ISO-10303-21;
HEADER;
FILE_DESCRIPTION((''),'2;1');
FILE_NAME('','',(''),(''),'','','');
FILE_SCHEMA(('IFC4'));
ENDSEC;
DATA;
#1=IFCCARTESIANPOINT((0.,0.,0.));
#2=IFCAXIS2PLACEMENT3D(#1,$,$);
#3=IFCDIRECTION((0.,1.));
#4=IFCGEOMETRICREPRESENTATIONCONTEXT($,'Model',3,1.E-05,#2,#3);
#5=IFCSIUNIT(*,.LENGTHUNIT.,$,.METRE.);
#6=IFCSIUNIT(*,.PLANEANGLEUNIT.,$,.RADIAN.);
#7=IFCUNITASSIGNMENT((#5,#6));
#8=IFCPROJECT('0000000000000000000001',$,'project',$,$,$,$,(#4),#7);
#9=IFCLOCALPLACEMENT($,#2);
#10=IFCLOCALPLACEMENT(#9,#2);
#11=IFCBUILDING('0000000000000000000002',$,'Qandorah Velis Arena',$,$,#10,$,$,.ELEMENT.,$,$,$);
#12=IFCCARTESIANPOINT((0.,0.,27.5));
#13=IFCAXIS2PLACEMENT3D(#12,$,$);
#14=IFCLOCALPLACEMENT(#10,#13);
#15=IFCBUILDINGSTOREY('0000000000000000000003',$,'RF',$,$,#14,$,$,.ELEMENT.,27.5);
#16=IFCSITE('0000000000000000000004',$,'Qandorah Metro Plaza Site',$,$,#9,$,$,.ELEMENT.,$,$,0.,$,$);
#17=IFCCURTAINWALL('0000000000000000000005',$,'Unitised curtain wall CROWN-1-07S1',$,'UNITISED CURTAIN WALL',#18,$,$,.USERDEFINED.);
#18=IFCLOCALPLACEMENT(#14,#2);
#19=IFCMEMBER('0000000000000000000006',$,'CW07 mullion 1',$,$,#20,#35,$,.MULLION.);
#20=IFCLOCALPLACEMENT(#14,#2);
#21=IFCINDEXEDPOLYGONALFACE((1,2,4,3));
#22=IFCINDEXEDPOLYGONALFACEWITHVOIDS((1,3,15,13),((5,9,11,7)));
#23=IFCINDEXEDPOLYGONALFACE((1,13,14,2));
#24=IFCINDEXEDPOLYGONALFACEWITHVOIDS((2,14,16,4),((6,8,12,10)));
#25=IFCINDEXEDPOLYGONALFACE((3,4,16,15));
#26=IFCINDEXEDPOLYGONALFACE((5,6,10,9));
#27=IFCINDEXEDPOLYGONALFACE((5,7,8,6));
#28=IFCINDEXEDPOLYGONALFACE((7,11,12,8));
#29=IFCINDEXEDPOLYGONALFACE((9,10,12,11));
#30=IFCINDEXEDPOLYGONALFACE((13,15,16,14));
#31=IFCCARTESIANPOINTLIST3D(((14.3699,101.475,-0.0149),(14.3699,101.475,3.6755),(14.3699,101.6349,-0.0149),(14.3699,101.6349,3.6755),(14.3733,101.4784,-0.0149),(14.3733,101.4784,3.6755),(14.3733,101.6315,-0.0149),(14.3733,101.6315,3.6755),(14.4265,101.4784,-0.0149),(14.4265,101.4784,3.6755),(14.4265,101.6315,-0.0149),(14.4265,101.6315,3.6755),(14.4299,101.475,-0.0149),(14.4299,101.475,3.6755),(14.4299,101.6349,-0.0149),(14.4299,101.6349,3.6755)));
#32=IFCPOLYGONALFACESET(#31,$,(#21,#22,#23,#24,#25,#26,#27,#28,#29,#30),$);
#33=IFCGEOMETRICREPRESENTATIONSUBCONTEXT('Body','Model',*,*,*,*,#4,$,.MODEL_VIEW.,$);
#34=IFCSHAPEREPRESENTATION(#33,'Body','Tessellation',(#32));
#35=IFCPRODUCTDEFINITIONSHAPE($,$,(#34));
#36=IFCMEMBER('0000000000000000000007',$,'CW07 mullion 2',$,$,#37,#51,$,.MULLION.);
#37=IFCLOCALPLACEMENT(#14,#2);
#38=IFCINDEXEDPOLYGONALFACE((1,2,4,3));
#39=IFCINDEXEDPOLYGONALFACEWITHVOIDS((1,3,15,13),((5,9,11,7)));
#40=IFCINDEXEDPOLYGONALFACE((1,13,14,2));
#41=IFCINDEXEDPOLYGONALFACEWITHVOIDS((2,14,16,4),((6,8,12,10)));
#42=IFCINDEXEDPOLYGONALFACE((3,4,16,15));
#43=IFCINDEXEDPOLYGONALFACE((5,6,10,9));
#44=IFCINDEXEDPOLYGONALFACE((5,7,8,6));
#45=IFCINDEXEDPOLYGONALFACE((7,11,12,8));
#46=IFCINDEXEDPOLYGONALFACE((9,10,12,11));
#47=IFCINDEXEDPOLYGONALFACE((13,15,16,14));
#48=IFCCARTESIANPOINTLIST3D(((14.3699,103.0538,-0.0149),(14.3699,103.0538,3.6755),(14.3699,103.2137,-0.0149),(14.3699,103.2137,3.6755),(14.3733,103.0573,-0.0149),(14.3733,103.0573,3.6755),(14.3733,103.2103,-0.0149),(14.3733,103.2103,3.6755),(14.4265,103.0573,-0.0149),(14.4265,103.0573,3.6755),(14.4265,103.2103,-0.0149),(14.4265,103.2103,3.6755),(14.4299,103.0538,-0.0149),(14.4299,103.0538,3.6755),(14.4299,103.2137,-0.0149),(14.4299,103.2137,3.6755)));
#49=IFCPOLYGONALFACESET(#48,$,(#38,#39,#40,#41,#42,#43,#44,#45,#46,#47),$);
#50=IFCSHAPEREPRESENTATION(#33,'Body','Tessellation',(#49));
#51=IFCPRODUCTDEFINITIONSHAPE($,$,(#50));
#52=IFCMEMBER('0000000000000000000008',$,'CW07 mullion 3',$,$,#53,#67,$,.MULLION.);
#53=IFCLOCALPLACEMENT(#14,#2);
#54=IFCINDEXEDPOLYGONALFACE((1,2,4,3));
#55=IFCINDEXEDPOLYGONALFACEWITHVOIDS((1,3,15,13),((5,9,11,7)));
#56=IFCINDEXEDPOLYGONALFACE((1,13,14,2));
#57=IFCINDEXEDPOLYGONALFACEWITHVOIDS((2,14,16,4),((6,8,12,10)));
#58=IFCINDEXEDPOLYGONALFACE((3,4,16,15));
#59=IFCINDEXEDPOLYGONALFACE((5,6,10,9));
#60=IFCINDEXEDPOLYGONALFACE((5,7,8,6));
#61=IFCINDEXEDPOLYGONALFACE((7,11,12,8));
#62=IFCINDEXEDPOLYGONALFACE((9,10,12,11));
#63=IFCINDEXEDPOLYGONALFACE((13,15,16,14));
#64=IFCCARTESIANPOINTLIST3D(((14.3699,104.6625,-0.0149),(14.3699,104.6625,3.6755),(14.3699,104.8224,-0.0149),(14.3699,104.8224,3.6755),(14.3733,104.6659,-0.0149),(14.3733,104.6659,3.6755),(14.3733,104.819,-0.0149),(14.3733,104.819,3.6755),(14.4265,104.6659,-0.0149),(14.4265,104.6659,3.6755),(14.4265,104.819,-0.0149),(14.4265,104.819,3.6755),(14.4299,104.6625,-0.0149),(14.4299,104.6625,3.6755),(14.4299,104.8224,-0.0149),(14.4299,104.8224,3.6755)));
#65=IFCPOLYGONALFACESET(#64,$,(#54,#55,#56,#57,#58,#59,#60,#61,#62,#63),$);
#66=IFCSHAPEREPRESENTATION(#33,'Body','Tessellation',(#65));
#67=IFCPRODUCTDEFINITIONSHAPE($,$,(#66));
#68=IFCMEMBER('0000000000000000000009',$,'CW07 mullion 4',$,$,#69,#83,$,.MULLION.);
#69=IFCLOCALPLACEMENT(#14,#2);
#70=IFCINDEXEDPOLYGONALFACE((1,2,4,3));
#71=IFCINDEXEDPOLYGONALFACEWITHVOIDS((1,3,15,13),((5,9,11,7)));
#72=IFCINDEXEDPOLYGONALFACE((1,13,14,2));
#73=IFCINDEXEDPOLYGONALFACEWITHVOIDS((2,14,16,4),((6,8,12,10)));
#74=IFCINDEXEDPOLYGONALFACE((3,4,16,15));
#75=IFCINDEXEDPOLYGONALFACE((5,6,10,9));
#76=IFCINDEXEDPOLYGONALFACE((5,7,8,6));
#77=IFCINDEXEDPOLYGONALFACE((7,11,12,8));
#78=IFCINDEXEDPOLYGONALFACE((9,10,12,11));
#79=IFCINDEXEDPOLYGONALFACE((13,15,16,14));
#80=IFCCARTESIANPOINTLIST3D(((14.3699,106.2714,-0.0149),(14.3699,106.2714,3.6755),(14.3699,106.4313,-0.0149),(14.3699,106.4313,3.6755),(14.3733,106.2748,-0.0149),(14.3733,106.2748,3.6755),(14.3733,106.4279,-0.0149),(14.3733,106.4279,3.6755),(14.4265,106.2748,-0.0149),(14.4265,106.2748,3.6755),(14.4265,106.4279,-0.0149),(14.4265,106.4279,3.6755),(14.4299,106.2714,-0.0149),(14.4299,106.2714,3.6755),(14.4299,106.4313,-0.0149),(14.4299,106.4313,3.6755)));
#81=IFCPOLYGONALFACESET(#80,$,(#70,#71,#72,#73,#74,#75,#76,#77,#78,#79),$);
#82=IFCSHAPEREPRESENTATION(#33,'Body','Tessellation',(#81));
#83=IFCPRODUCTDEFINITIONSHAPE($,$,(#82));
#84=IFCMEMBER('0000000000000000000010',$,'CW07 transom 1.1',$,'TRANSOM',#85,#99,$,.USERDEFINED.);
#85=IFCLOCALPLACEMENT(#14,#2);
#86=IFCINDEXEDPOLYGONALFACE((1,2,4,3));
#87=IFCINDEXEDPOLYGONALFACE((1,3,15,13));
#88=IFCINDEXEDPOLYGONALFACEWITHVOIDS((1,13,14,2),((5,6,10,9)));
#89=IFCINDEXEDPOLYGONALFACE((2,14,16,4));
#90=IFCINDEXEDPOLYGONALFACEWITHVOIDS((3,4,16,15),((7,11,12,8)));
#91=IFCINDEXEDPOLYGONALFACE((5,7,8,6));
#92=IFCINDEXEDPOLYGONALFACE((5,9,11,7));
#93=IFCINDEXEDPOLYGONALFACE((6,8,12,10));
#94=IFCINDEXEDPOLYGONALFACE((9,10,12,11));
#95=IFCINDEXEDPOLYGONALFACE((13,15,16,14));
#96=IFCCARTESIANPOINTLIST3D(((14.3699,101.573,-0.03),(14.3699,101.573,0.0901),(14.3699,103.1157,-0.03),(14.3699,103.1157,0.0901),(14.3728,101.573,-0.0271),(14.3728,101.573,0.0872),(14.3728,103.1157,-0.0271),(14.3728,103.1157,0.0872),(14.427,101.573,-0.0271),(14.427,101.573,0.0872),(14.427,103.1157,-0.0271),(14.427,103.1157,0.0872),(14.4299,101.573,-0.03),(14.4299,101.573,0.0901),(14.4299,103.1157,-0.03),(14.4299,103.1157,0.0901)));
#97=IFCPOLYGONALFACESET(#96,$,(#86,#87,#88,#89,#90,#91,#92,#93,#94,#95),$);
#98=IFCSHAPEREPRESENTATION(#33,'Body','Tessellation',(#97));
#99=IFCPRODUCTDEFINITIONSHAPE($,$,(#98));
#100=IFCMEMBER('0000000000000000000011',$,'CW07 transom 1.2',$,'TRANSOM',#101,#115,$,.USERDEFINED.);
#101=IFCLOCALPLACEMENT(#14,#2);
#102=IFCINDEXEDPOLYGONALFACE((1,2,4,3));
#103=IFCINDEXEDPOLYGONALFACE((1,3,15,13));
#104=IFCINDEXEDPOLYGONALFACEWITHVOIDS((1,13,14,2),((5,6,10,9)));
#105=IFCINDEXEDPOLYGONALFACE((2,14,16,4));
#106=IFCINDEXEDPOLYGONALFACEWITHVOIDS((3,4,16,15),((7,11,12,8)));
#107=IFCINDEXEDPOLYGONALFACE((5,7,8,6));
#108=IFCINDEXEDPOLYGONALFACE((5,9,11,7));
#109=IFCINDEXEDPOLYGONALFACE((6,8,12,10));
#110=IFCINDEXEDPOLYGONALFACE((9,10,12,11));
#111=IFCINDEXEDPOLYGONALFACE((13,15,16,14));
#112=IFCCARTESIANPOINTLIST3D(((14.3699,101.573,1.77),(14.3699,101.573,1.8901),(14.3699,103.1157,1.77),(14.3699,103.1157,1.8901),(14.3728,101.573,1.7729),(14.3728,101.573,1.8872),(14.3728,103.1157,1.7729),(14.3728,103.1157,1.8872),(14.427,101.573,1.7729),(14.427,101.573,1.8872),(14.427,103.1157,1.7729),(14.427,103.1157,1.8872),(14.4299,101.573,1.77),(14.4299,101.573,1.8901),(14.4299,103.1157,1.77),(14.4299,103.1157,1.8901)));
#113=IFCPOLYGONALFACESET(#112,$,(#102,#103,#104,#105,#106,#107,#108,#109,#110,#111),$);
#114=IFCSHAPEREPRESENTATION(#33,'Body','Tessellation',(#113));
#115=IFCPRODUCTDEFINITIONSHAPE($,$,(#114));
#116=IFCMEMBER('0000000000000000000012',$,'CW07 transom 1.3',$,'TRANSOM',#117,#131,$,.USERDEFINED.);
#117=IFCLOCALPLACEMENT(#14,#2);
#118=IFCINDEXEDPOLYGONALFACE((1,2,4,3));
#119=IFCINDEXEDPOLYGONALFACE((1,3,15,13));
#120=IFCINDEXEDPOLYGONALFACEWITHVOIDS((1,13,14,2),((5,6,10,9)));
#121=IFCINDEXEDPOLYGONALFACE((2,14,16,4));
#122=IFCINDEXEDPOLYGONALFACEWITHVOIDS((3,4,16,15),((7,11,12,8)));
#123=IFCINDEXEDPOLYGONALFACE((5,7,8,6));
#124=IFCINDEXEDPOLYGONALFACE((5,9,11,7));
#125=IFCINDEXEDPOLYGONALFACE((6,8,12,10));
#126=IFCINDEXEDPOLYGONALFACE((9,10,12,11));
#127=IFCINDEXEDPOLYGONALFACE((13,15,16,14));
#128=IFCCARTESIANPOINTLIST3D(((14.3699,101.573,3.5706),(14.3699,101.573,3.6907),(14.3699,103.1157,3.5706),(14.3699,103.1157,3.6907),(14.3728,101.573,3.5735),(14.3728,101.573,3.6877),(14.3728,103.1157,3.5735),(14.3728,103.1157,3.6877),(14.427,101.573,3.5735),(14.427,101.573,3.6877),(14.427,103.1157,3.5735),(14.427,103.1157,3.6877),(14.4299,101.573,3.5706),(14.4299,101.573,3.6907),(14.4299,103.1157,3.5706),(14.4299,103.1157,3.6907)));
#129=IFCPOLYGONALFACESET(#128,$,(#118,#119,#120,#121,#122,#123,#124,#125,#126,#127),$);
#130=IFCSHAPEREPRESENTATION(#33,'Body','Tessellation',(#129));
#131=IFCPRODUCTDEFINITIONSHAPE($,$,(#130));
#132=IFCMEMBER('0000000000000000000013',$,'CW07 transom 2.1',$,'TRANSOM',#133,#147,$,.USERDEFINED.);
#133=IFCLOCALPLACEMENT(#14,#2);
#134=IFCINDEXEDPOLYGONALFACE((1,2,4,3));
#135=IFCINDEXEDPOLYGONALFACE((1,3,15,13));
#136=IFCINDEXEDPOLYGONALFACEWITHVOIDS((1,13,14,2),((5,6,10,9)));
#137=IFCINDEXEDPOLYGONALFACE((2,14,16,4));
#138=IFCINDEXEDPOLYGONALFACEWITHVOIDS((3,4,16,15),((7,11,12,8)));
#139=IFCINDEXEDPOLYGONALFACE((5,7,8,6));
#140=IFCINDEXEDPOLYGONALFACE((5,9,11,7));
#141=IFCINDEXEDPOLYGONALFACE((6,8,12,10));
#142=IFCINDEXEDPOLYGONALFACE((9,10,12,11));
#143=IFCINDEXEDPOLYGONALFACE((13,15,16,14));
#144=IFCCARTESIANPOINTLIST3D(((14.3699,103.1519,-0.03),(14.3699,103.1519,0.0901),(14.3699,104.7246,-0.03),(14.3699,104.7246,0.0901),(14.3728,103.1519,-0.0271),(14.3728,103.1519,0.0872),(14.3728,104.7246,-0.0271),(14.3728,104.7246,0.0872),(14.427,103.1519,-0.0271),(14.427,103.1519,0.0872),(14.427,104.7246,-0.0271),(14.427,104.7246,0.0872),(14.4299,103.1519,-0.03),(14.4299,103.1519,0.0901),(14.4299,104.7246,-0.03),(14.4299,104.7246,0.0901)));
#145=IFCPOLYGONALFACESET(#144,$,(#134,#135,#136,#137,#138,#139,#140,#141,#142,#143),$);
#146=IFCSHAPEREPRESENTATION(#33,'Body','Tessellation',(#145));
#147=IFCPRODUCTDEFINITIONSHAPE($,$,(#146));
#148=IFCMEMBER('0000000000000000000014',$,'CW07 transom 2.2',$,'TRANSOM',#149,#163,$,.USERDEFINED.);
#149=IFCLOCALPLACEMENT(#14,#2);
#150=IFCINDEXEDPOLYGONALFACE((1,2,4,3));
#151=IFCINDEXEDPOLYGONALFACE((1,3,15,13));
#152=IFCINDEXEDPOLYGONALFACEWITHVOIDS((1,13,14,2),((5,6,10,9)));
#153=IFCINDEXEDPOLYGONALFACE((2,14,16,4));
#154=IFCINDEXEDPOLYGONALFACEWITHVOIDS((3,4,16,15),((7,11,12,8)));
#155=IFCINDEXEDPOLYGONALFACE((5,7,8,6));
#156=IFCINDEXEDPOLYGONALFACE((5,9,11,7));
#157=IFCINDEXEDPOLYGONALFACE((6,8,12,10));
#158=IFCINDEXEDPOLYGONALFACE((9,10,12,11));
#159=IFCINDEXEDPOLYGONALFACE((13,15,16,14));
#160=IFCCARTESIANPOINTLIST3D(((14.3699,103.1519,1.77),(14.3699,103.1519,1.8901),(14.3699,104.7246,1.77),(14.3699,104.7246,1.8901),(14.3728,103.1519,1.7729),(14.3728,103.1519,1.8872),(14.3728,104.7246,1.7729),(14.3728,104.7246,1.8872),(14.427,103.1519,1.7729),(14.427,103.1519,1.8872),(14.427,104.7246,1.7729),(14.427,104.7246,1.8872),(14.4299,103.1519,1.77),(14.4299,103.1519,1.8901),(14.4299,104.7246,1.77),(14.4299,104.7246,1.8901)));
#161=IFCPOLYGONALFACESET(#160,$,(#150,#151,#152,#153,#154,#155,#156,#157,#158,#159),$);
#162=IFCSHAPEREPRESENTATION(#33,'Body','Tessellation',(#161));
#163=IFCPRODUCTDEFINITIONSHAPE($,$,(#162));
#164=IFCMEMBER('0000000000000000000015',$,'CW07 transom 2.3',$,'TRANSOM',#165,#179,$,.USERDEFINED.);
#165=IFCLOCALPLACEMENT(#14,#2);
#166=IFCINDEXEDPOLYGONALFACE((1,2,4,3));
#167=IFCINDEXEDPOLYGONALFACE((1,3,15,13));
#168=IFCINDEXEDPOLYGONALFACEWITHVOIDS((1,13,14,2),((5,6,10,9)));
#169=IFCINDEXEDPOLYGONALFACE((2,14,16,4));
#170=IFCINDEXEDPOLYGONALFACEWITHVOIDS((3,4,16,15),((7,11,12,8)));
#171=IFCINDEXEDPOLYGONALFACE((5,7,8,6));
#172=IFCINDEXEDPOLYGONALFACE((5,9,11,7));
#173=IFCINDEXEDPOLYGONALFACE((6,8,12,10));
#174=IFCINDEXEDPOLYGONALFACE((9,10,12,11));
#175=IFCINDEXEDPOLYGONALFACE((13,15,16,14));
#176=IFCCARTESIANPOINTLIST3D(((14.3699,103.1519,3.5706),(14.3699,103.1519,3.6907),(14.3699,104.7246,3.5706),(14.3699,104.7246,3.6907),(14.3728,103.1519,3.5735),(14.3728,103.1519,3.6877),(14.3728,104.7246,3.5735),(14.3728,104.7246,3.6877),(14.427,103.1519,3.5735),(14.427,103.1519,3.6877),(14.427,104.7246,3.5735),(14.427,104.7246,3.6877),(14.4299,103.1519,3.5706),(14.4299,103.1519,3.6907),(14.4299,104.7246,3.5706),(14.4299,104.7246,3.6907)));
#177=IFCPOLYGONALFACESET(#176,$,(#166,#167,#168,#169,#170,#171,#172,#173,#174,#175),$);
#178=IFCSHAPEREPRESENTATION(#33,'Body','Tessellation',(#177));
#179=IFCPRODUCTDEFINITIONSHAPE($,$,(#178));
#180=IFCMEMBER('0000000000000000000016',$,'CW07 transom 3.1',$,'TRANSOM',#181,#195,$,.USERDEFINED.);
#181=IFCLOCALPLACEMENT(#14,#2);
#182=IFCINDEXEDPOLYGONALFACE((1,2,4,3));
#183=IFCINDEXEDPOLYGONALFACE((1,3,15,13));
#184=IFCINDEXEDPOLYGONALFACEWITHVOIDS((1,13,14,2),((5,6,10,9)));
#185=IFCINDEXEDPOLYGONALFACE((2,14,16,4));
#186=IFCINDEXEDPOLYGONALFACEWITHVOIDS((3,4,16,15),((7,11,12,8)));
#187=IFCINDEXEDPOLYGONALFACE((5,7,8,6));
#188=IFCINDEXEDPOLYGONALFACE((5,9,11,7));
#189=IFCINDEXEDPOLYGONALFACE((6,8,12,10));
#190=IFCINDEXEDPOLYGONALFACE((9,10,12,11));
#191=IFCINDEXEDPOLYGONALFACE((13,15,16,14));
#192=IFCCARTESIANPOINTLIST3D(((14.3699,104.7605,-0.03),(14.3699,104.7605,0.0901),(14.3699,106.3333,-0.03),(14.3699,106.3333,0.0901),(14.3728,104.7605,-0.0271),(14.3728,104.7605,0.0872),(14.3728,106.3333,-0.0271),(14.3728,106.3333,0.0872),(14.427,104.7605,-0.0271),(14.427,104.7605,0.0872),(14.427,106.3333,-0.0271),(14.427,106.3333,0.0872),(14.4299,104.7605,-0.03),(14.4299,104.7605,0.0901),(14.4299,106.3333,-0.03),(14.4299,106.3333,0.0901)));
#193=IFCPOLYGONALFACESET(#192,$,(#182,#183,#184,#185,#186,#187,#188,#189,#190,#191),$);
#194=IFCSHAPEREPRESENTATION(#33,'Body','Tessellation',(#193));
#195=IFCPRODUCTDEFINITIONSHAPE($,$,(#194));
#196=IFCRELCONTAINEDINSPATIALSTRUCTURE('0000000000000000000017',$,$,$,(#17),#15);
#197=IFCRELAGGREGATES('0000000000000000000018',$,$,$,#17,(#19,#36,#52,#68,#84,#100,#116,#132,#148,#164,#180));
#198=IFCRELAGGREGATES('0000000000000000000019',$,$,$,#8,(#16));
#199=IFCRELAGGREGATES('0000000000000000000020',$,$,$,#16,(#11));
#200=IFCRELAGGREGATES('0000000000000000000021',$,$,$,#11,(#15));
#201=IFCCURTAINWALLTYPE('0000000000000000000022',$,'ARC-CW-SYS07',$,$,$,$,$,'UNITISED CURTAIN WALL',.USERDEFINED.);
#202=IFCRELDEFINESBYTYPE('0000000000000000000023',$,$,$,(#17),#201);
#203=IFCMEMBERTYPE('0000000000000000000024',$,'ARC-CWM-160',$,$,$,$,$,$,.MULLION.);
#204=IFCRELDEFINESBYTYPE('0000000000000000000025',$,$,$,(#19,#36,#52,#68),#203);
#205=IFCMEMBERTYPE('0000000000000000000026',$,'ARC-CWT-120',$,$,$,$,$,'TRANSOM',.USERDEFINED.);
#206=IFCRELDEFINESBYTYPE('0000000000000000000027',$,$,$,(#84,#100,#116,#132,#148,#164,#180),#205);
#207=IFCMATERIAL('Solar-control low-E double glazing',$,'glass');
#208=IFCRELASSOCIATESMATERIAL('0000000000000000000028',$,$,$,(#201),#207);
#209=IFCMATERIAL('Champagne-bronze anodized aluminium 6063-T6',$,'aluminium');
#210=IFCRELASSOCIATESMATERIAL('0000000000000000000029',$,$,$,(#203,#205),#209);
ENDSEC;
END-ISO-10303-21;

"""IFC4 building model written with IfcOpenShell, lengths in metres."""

from ifc_helpers import new_model, si_unit, direction, frame, origin, origin_2d, place, context, subcontext, project, spatial, hollow_rectangle, extrude, material, material_profile, profile_set, type_object, element, aggregate, save


model = new_model("IFC4")

# Units and contexts
model_context = context("Model", 3, precision=1e-05, world=origin(), true_north=direction((0.0, 1.0)))
body_context = subcontext(model_context, "Body", "Model", "MODEL_VIEW")
ifc_project = project(units=[si_unit("LENGTHUNIT", "METRE"), si_unit("PLANEANGLEUNIT", "RADIAN")], contexts=[model_context])

# Site, building, storey
site_placement = place(None, origin())
site = spatial("IfcSite", under=ifc_project, at=site_placement, Name="Qandorah Metro Plaza Site", CompositionType="ELEMENT", RefElevation=0.0)
building_placement = place(site_placement, origin())
building = spatial("IfcBuilding", under=site, at=building_placement, Name="Qandorah Velis Arena", CompositionType="ELEMENT")
storey_placement = place(building_placement, frame((0.0, 0.0, 27.5)))
storey = spatial("IfcBuildingStorey", under=building, at=storey_placement, Name="RF", CompositionType="ELEMENT", Elevation=27.5)

# Curtain wall, members
ifc_material_1 = material(Name="Solar-control low-E double glazing", Category="glass")
curtain_wall_type = type_object("IfcCurtainWallType", Name="ARC-CW-SYS07", ElementType="UNITISED CURTAIN WALL", PredefinedType="USERDEFINED", material=ifc_material_1)
curtain_wall_placement = place(storey_placement, origin())
curtain_wall = element("IfcCurtainWall", 1, at=curtain_wall_placement, inside=storey, type_object=curtain_wall_type, Name="Unitised curtain wall CROWN-1-07S1", ObjectType="UNITISED CURTAIN WALL", PredefinedType="USERDEFINED")
ifc_material_2 = material(Name="Champagne-bronze anodized aluminium 6063-T6", Category="aluminium")
ifc_material_profile_1 = material_profile(ifc_material_2, hollow_rectangle(XDim=0.0601, YDim=0.1599, WallThickness=0.0034, at=origin_2d()), Name="ALU MULLION 60x160")
ifc_profile_set_1 = profile_set([ifc_material_profile_1], Name="Champagne-bronze anodized aluminium 6063-T6")
member_type_1 = type_object("IfcMemberType", Name="ARC-CWM-160", PredefinedType="MULLION", material=ifc_profile_set_1)
member_1_placement = place(storey_placement, frame((14.3999, 101.5549, -0.0149), z_axis=(0.0, 0.0, 1.0), x_axis=(-1.0, 0.0, 0.0)))
member_1 = element("IfcMember", 2, at=member_1_placement, type_object=member_type_1, Name="CW07 mullion 1", PredefinedType="MULLION", context=body_context, shape_type="SweptSolid", body=[
    extrude(hollow_rectangle(XDim=0.0601, YDim=0.1599, WallThickness=0.0034, at=origin_2d()), origin(), (0.0, 0.0, 1.0), 3.6904),
])
member_2_placement = place(storey_placement, frame((14.3999, 103.1338, -0.0149), z_axis=(0.0, 0.0, 1.0), x_axis=(-1.0, 0.0, 0.0)))
member_2 = element("IfcMember", 3, at=member_2_placement, type_object=member_type_1, Name="CW07 mullion 2", PredefinedType="MULLION", context=body_context, shape_type="SweptSolid", body=[
    extrude(hollow_rectangle(XDim=0.0601, YDim=0.1599, WallThickness=0.0034, at=origin_2d()), origin(), (0.0, 0.0, 1.0), 3.6904),
])
member_3_placement = place(storey_placement, frame((14.3999, 104.7424, -0.0149), z_axis=(0.0, 0.0, 1.0), x_axis=(-1.0, 0.0, 0.0)))
member_3 = element("IfcMember", 4, at=member_3_placement, type_object=member_type_1, Name="CW07 mullion 3", PredefinedType="MULLION", context=body_context, shape_type="SweptSolid", body=[
    extrude(hollow_rectangle(XDim=0.0601, YDim=0.1599, WallThickness=0.0034, at=origin_2d()), origin(), (0.0, 0.0, 1.0), 3.6904),
])
member_4_placement = place(storey_placement, frame((14.3999, 106.3513, -0.0149), z_axis=(0.0, 0.0, 1.0), x_axis=(-1.0, 0.0, 0.0)))
member_4 = element("IfcMember", 5, at=member_4_placement, type_object=member_type_1, Name="CW07 mullion 4", PredefinedType="MULLION", context=body_context, shape_type="SweptSolid", body=[
    extrude(hollow_rectangle(XDim=0.0601, YDim=0.1599, WallThickness=0.0034, at=origin_2d()), origin(), (0.0, 0.0, 1.0), 3.6904),
])
ifc_material_profile_2 = material_profile(ifc_material_2, hollow_rectangle(XDim=0.0601, YDim=0.1201, WallThickness=0.0029, at=origin_2d()), Name="ALU TRANSOM 60x120")
ifc_profile_set_2 = profile_set([ifc_material_profile_2], Name="Champagne-bronze anodized aluminium 6063-T6")
member_type_2 = type_object("IfcMemberType", Name="ARC-CWT-120", ElementType="TRANSOM", PredefinedType="USERDEFINED", material=ifc_profile_set_2)
member_5_placement = place(storey_placement, frame((14.3999, 101.573, 0.03), z_axis=(0.0, 1.0, 0.0), x_axis=(-1.0, 0.0, 0.0)))
member_5 = element("IfcMember", 6, at=member_5_placement, type_object=member_type_2, Name="CW07 transom 1.1", ObjectType="TRANSOM", PredefinedType="USERDEFINED", context=body_context, shape_type="SweptSolid", body=[
    extrude(hollow_rectangle(XDim=0.0601, YDim=0.1201, WallThickness=0.0029, at=origin_2d()), origin(), (0.0, 0.0, 1.0), 1.5427),
])
member_6_placement = place(storey_placement, frame((14.3999, 101.573, 1.8301), z_axis=(0.0, 1.0, 0.0), x_axis=(-1.0, 0.0, 0.0)))
member_6 = element("IfcMember", 7, at=member_6_placement, type_object=member_type_2, Name="CW07 transom 1.2", ObjectType="TRANSOM", PredefinedType="USERDEFINED", context=body_context, shape_type="SweptSolid", body=[
    extrude(hollow_rectangle(XDim=0.0601, YDim=0.1201, WallThickness=0.0029, at=origin_2d()), origin(), (0.0, 0.0, 1.0), 1.5427),
])
member_7_placement = place(storey_placement, frame((14.3999, 101.573, 3.6306), z_axis=(0.0, 1.0, 0.0), x_axis=(-1.0, 0.0, 0.0)))
member_7 = element("IfcMember", 8, at=member_7_placement, type_object=member_type_2, Name="CW07 transom 1.3", ObjectType="TRANSOM", PredefinedType="USERDEFINED", context=body_context, shape_type="SweptSolid", body=[
    extrude(hollow_rectangle(XDim=0.0601, YDim=0.1201, WallThickness=0.0029, at=origin_2d()), origin(), (0.0, 0.0, 1.0), 1.5427),
])
member_8_placement = place(storey_placement, frame((14.3999, 103.1519, 0.03), z_axis=(0.0, 1.0, 0.0), x_axis=(-1.0, 0.0, 0.0)))
member_8 = element("IfcMember", 9, at=member_8_placement, type_object=member_type_2, Name="CW07 transom 2.1", ObjectType="TRANSOM", PredefinedType="USERDEFINED", context=body_context, shape_type="SweptSolid", body=[
    extrude(hollow_rectangle(XDim=0.0601, YDim=0.1201, WallThickness=0.0029, at=origin_2d()), origin(), (0.0, 0.0, 1.0), 1.5728),
])
member_9_placement = place(storey_placement, frame((14.3999, 103.1519, 1.8301), z_axis=(0.0, 1.0, 0.0), x_axis=(-1.0, 0.0, 0.0)))
member_9 = element("IfcMember", 10, at=member_9_placement, type_object=member_type_2, Name="CW07 transom 2.2", ObjectType="TRANSOM", PredefinedType="USERDEFINED", context=body_context, shape_type="SweptSolid", body=[
    extrude(hollow_rectangle(XDim=0.0601, YDim=0.1201, WallThickness=0.0029, at=origin_2d()), origin(), (0.0, 0.0, 1.0), 1.5728),
])
member_10_placement = place(storey_placement, frame((14.3999, 103.1519, 3.6306), z_axis=(0.0, 1.0, 0.0), x_axis=(-1.0, 0.0, 0.0)))
member_10 = element("IfcMember", 11, at=member_10_placement, type_object=member_type_2, Name="CW07 transom 2.3", ObjectType="TRANSOM", PredefinedType="USERDEFINED", context=body_context, shape_type="SweptSolid", body=[
    extrude(hollow_rectangle(XDim=0.0601, YDim=0.1201, WallThickness=0.0029, at=origin_2d()), origin(), (0.0, 0.0, 1.0), 1.5728),
])
member_11_placement = place(storey_placement, frame((14.3999, 104.7605, 0.03), z_axis=(0.0, 1.0, 0.0), x_axis=(-1.0, 0.0, 0.0)))
member_11 = element("IfcMember", 12, at=member_11_placement, type_object=member_type_2, Name="CW07 transom 3.1", ObjectType="TRANSOM", PredefinedType="USERDEFINED", context=body_context, shape_type="SweptSolid", body=[
    extrude(hollow_rectangle(XDim=0.0601, YDim=0.1201, WallThickness=0.0029, at=origin_2d()), origin(), (0.0, 0.0, 1.0), 1.5728),
])

aggregate(curtain_wall, [member_1, member_2, member_3, member_4, member_5, member_6, member_7, member_8, member_9, member_10, member_11])

save(model, "model.ifc")
